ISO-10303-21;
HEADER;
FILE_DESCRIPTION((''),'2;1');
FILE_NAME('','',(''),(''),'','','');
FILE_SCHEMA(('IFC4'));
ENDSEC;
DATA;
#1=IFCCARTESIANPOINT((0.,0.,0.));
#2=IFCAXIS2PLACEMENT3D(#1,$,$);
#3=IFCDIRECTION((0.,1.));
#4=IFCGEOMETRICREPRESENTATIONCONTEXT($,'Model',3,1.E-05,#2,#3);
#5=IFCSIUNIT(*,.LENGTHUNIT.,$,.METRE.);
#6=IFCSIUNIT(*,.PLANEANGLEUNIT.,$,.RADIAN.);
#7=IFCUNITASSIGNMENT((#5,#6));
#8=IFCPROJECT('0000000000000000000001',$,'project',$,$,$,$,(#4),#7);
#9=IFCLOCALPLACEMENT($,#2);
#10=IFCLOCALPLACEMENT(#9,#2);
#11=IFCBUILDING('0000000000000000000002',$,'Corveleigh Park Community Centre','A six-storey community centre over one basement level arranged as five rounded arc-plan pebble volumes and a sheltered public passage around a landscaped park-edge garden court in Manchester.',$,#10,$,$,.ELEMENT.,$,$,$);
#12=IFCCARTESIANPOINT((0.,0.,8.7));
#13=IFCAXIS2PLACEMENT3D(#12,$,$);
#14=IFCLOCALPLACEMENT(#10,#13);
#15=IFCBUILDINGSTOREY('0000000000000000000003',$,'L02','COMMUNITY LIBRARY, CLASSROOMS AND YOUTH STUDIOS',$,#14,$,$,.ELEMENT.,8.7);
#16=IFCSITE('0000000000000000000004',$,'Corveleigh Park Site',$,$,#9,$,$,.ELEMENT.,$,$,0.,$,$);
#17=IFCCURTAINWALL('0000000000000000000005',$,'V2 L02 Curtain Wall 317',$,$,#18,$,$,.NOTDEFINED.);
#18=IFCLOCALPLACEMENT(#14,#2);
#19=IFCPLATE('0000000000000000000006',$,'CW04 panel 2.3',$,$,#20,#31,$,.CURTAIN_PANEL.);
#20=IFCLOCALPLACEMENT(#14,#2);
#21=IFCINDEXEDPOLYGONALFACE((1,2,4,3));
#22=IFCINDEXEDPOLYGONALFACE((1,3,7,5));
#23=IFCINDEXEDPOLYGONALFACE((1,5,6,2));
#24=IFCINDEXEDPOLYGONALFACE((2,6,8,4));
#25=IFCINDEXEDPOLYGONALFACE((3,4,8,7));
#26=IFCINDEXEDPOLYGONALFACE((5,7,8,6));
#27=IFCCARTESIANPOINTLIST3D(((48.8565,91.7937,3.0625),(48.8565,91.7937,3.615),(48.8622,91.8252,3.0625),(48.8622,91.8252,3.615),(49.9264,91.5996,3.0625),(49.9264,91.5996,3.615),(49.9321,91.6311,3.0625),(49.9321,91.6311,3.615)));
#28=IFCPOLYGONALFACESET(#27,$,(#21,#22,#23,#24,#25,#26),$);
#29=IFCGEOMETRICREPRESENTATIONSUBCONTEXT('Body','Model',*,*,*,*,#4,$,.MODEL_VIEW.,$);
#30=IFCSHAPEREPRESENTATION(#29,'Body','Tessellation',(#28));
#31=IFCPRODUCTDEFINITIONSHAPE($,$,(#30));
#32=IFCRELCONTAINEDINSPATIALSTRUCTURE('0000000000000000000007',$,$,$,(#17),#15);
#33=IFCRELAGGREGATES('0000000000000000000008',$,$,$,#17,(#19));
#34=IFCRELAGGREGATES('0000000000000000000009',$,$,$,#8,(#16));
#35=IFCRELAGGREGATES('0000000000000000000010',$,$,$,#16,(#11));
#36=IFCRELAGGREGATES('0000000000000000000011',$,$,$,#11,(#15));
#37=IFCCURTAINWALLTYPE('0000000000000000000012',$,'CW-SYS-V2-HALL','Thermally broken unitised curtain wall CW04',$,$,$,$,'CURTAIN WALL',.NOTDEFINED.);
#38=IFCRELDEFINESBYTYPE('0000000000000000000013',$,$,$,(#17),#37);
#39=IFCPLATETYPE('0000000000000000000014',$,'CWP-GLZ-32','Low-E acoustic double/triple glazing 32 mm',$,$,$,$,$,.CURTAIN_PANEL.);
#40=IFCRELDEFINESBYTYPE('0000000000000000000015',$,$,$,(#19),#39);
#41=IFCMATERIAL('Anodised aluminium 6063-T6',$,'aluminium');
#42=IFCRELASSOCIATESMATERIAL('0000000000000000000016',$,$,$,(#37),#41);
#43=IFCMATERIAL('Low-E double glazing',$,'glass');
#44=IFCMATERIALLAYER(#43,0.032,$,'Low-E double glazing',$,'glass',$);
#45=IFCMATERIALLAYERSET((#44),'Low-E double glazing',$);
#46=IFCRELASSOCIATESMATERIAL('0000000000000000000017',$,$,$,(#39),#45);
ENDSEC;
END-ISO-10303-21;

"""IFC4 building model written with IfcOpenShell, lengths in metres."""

from ifc_helpers import new_model, si_unit, direction, frame, origin, origin_2d, place, context, subcontext, project, spatial, rectangle, extrude, material, layer, layer_set, type_object, element, aggregate, save


model = new_model("IFC4")

# Units and contexts
model_context = context("Model", 3, precision=1e-05, world=origin(), true_north=direction((0.0, 1.0)))
body_context = subcontext(model_context, "Body", "Model", "MODEL_VIEW")
ifc_project = project(units=[si_unit("LENGTHUNIT", "METRE"), si_unit("PLANEANGLEUNIT", "RADIAN")], contexts=[model_context])

# Site, building, storey
site_placement = place(None, origin())
site = spatial("IfcSite", under=ifc_project, at=site_placement, Name="Corveleigh Park Site", CompositionType="ELEMENT", RefElevation=0.0)
building_placement = place(site_placement, origin())
building = spatial("IfcBuilding", under=site, at=building_placement, Name="Corveleigh Park Community Centre", Description="A six-storey community centre over one basement level arranged as five rounded arc-plan pebble volumes and a sheltered public passage around a landscaped park-edge garden court in Manchester.", CompositionType="ELEMENT")
storey_placement = place(building_placement, frame((0.0, 0.0, 8.7)))
storey = spatial("IfcBuildingStorey", under=building, at=storey_placement, Name="L02", Description="COMMUNITY LIBRARY, CLASSROOMS AND YOUTH STUDIOS", CompositionType="ELEMENT", Elevation=8.7)

# Curtain wall
ifc_material_1 = material(Name="Anodised aluminium 6063-T6", Category="aluminium")
curtain_wall_type = type_object("IfcCurtainWallType", Name="CW-SYS-V2-HALL", Description="Thermally broken unitised curtain wall CW04", ElementType="CURTAIN WALL", PredefinedType="NOTDEFINED", material=ifc_material_1)
curtain_wall_1_placement = place(storey_placement, origin())
curtain_wall_1 = element("IfcCurtainWall", 1, at=curtain_wall_1_placement, inside=storey, type_object=curtain_wall_type, Name="V2 L02 Curtain Wall 317", PredefinedType="NOTDEFINED")

# Plate
ifc_material_2 = material(Name="Low-E double glazing", Category="glass")
ifc_layer_1 = layer(ifc_material_2, 0.032, Name="Low-E double glazing", Category="glass")
ifc_layer_set_1 = layer_set([ifc_layer_1], Name="Low-E double glazing")
plate_type_1 = type_object("IfcPlateType", Name="CWP-GLZ-32", Description="Low-E acoustic double/triple glazing 32 mm", PredefinedType="CURTAIN_PANEL", material=ifc_layer_set_1)
plate_1_placement = place(storey_placement, frame((49.3943, 91.7124, 3.0625), z_axis=(0.0, 0.0, 1.0), x_axis=(0.983943, -0.178485, 0.0)))
plate_1 = element("IfcPlate", 2, at=plate_1_placement, type_object=plate_type_1, Name="CW04 panel 2.3", PredefinedType="CURTAIN_PANEL", context=body_context, shape_type="SweptSolid", body=[
    extrude(rectangle(XDim=1.0874, YDim=0.032, at=origin_2d()), origin(), (0.0, 0.0, 1.0), 0.5525),
])
aggregate(curtain_wall_1, [plate_1])

save(model, "model.ifc")
